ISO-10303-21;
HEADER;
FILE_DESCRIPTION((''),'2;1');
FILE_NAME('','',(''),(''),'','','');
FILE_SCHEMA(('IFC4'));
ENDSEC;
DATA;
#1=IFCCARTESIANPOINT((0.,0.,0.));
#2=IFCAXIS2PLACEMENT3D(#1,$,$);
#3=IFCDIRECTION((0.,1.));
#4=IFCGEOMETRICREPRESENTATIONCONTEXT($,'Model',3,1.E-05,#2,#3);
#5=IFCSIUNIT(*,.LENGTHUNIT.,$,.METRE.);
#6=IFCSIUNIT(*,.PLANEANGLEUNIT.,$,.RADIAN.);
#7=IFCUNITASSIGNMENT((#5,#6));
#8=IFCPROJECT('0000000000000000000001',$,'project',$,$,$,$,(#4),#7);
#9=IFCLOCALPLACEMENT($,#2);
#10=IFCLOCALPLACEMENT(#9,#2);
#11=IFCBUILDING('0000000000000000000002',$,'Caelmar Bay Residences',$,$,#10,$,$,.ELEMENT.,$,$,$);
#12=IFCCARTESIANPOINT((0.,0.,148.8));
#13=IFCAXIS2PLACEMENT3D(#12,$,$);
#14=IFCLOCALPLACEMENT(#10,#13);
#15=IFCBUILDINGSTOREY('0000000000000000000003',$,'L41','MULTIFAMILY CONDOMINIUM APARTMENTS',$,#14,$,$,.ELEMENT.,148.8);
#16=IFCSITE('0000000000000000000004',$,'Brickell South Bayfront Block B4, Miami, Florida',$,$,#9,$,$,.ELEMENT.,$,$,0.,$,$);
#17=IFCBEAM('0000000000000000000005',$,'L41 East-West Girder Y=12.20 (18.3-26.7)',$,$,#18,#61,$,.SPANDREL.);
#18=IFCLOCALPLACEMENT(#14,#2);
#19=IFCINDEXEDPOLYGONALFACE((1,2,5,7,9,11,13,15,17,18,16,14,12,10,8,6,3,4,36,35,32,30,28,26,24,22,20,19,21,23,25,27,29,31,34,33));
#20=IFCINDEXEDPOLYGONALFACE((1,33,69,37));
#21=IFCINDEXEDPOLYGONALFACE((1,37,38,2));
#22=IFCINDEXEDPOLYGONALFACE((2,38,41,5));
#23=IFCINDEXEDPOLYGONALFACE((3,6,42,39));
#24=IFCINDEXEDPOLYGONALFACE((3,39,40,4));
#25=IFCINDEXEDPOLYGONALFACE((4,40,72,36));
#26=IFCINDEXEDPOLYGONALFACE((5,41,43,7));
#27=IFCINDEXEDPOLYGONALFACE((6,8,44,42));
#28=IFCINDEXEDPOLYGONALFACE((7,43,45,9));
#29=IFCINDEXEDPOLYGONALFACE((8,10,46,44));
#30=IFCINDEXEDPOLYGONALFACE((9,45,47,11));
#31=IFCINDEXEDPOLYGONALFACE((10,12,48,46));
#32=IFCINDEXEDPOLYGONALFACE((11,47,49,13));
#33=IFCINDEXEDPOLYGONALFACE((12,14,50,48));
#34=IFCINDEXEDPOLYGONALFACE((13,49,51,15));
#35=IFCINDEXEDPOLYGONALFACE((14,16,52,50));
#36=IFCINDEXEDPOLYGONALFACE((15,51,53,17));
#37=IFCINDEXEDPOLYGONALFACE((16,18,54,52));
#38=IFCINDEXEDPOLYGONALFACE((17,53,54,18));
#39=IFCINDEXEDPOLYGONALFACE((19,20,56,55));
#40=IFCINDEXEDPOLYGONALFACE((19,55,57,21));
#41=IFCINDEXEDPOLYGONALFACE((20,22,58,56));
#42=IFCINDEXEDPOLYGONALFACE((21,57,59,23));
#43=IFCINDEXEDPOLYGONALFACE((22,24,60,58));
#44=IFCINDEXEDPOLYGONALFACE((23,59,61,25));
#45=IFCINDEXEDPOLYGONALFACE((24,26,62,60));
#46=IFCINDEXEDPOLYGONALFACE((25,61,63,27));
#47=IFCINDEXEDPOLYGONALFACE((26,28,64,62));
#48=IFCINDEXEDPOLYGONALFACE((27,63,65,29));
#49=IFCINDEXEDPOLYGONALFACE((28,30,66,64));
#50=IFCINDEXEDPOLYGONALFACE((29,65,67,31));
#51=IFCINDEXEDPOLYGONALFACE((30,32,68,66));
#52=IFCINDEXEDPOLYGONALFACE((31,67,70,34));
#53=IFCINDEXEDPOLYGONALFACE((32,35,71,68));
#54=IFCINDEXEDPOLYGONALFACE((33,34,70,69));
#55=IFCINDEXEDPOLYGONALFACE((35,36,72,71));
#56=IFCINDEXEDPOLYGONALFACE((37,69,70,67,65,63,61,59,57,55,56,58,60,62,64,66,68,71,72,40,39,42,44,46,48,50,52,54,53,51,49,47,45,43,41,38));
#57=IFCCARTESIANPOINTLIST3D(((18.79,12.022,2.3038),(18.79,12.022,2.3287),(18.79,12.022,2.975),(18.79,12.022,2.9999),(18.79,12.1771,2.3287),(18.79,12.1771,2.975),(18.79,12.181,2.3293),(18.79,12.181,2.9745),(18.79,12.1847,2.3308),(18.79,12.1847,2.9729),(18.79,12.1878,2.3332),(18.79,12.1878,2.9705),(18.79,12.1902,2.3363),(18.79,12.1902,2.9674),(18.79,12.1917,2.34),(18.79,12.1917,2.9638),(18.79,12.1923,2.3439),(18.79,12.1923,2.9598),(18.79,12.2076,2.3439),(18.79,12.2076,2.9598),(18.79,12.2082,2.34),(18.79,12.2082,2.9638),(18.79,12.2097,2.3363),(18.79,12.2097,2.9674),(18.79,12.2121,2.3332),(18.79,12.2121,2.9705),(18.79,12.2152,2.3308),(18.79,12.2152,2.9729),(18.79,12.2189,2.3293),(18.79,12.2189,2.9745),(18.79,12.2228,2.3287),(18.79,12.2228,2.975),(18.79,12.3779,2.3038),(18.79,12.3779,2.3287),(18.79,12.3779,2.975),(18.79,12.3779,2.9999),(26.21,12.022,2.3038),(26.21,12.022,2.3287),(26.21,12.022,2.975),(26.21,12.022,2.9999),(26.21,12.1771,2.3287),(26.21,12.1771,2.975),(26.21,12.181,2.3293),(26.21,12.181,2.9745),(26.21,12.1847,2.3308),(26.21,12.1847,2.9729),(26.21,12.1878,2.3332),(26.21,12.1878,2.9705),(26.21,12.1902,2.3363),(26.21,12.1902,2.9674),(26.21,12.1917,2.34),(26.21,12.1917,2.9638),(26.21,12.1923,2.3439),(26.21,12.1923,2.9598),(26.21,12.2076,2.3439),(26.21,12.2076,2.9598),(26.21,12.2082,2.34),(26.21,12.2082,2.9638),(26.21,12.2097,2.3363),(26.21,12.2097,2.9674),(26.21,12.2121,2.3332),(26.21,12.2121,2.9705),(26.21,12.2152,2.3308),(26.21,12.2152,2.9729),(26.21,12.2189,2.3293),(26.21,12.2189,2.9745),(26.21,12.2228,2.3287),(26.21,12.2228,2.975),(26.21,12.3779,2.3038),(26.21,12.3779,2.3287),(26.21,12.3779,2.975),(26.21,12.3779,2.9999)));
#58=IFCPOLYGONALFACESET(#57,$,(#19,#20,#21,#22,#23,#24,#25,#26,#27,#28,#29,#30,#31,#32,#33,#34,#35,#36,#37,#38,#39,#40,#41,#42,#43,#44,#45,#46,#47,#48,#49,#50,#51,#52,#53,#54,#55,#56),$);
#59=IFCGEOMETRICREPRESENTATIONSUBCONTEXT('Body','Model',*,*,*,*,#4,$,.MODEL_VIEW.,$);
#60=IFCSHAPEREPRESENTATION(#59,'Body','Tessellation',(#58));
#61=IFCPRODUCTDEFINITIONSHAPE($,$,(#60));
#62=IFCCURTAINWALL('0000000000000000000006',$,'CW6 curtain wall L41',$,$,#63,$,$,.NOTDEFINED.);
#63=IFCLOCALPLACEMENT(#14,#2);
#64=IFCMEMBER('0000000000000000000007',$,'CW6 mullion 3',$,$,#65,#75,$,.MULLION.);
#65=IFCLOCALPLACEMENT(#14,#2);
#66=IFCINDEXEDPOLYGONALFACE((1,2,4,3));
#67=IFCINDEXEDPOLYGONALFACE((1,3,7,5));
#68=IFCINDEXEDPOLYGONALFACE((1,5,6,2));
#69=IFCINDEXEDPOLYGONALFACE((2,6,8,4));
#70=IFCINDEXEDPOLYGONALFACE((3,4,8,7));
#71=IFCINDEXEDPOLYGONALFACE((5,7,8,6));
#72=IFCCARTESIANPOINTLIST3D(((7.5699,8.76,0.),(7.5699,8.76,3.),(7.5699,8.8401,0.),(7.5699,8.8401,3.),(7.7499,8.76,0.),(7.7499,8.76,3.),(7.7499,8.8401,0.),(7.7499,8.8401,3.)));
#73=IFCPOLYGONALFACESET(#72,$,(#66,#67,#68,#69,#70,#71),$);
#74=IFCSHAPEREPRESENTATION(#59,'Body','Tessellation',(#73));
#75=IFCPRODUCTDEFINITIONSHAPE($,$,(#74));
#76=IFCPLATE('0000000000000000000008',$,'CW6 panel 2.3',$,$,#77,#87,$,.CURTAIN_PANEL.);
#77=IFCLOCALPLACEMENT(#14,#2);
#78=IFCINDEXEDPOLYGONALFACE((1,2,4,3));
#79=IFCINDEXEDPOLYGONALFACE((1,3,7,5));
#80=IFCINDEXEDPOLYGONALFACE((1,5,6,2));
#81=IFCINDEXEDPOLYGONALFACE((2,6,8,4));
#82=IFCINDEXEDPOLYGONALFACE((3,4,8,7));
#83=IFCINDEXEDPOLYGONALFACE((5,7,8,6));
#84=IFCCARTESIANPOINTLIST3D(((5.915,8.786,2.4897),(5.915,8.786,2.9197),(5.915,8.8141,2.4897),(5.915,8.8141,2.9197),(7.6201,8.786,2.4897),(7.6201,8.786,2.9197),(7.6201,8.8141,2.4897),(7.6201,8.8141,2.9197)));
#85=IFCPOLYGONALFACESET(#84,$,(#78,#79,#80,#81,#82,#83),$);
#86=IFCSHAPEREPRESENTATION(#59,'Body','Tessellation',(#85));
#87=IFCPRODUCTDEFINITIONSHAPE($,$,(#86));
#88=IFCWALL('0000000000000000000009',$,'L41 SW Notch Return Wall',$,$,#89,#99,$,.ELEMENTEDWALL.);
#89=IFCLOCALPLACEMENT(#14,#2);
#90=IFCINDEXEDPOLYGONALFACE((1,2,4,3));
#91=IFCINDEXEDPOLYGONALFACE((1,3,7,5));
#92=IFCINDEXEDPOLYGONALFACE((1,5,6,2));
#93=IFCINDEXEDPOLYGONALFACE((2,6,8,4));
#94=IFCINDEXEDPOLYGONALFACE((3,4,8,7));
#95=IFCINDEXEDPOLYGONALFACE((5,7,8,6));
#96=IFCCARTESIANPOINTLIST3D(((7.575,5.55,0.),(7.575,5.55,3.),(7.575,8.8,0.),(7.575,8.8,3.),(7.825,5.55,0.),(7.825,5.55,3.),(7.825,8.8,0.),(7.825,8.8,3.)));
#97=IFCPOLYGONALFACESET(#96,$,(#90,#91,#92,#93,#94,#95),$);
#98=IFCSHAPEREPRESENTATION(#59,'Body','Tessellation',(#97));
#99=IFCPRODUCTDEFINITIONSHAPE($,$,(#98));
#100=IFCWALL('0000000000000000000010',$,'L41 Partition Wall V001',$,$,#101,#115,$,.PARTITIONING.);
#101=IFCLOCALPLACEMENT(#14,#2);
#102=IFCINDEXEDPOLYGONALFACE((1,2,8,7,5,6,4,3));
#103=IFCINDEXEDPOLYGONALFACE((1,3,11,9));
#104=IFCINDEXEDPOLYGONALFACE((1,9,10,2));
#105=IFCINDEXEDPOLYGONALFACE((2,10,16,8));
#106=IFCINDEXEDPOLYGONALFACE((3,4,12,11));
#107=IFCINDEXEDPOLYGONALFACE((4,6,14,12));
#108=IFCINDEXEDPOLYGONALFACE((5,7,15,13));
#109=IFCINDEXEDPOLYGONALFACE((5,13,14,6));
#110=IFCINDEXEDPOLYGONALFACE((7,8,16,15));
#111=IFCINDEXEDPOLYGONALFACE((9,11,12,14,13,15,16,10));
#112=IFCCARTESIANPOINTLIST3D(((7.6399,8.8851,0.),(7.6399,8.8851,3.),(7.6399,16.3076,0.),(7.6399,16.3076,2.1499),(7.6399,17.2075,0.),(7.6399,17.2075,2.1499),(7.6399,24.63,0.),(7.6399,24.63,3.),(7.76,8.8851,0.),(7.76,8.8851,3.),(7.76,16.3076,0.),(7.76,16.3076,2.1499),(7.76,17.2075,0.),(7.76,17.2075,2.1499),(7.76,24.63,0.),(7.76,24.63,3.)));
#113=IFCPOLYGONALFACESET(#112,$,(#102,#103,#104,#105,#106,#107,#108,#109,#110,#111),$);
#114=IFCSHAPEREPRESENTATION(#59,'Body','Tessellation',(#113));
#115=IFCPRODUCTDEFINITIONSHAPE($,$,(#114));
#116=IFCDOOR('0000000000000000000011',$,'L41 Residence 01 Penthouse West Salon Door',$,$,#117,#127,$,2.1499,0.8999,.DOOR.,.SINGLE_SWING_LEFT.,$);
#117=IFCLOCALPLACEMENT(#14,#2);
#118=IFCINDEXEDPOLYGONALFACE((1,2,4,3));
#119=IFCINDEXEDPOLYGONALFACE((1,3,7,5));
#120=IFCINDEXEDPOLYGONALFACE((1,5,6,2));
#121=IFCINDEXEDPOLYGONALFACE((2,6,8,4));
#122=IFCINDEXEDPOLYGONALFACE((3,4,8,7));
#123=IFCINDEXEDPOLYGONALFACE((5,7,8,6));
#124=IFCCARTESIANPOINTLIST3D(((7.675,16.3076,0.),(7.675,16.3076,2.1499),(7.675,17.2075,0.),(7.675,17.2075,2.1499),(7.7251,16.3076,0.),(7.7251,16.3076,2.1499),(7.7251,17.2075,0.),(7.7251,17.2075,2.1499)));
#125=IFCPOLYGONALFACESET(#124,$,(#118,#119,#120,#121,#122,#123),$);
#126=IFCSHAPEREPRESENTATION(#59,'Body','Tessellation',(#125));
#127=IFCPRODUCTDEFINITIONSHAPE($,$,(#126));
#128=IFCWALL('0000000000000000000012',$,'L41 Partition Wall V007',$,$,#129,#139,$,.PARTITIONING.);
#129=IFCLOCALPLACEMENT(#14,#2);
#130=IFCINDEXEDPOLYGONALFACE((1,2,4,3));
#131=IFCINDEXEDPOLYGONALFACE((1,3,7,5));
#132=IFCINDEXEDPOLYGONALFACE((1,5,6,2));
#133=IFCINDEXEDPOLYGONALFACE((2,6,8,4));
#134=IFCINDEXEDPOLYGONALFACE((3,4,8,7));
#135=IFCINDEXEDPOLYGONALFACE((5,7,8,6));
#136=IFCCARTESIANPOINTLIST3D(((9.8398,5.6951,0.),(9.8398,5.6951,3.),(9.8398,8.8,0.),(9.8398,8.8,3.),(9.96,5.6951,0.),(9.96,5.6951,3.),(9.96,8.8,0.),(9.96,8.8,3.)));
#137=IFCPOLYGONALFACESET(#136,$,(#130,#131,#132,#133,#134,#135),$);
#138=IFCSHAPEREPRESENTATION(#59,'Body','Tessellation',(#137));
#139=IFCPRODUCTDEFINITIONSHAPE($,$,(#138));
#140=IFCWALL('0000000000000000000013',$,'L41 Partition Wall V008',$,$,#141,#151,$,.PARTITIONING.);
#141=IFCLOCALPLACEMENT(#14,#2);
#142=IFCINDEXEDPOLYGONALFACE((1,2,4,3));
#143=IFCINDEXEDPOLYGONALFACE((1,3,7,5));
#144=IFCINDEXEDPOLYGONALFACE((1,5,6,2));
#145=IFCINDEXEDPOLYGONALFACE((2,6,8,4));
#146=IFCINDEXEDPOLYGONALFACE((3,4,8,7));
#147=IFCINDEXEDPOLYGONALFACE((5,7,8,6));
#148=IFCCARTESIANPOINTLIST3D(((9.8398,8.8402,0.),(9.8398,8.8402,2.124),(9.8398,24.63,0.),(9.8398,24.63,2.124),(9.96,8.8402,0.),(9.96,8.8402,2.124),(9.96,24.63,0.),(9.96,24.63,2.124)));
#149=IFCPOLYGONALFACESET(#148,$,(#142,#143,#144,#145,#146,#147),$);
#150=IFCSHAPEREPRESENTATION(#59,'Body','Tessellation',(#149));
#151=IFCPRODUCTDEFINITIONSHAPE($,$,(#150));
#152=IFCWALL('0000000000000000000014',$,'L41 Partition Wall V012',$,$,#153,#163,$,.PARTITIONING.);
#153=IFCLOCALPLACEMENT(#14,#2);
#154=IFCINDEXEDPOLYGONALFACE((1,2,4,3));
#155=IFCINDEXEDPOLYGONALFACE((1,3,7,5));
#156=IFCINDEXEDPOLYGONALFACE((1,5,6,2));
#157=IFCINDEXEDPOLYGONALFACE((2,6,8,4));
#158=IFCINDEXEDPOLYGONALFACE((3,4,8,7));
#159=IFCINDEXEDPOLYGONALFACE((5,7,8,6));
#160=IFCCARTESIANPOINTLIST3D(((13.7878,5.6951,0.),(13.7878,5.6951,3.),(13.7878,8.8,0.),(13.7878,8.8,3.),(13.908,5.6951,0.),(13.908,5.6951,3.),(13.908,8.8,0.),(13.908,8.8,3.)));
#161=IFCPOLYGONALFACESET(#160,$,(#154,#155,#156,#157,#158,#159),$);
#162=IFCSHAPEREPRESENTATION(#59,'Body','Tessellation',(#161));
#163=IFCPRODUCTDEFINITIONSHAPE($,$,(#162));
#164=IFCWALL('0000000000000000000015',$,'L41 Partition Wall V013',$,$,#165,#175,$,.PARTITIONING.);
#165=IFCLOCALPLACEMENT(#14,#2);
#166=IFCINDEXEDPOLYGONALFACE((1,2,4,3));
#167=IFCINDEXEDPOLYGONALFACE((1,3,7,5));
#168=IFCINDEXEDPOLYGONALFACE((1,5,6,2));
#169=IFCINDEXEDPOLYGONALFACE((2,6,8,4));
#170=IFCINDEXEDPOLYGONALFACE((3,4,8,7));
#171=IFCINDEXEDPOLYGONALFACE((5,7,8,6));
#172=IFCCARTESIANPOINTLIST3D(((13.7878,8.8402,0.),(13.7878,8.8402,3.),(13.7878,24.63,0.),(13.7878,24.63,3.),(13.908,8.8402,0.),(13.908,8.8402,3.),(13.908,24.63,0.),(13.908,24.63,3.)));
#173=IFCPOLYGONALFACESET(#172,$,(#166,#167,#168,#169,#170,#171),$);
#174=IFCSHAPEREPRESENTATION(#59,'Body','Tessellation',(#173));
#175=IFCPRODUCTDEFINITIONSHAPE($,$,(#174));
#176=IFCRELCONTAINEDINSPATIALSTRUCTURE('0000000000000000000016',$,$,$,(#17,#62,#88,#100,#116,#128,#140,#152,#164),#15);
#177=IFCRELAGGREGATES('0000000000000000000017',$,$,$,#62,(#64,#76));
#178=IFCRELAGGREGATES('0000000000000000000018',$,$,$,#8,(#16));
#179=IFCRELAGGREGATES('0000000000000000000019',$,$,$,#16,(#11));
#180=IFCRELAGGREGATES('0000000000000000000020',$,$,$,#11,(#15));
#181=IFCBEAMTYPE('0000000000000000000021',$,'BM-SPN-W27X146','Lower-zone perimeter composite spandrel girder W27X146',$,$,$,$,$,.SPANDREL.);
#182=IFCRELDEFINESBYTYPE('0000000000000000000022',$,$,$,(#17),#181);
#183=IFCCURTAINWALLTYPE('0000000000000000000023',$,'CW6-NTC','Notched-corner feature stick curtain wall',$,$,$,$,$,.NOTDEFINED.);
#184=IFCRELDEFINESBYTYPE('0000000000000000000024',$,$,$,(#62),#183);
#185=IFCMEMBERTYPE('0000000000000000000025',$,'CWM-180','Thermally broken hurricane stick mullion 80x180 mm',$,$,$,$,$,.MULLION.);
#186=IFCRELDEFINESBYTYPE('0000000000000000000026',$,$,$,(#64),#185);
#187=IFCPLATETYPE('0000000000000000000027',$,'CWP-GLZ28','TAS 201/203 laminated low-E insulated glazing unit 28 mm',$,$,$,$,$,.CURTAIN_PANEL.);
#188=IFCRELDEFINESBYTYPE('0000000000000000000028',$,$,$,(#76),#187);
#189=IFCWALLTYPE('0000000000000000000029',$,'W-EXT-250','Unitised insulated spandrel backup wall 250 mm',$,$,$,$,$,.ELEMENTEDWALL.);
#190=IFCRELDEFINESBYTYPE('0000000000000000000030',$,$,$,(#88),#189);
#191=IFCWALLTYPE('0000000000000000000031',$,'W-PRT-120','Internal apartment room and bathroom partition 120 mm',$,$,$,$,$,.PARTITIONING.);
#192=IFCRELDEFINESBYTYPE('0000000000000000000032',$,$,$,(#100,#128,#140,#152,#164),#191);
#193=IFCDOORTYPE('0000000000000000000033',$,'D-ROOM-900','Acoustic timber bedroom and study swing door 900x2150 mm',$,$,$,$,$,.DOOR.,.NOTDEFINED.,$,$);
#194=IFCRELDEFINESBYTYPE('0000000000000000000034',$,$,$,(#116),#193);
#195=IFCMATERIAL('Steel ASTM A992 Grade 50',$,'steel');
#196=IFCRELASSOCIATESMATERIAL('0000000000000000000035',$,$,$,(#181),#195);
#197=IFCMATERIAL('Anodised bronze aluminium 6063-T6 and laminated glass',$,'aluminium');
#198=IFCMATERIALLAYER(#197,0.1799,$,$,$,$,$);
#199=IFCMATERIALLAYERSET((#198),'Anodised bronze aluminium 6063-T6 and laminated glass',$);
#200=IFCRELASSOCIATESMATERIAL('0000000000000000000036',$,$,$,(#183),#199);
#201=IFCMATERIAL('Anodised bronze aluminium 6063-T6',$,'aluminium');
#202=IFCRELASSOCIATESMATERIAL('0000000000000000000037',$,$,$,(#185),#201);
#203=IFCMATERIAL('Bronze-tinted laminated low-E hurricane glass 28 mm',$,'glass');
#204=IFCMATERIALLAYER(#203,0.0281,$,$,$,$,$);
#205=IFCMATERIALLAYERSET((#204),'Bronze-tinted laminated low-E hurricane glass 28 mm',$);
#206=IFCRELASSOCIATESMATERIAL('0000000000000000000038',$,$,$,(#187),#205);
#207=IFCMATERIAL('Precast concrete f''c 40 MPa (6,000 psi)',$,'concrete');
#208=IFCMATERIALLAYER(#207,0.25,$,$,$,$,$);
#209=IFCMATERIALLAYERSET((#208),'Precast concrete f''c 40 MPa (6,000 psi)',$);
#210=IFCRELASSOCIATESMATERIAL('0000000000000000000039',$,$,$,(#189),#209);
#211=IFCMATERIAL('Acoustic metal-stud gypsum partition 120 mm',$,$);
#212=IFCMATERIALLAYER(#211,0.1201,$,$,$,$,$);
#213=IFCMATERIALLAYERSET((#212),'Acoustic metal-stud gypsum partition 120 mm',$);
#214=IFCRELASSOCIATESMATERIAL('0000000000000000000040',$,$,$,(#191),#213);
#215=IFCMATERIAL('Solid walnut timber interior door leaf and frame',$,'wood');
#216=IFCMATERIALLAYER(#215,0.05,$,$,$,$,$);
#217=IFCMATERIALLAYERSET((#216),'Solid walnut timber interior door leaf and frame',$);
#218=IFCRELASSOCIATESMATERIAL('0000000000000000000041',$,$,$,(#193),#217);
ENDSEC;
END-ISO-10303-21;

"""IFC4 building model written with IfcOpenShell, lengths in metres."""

from ifc_helpers import new_model, si_unit, direction, frame, frame_2d, origin, origin_2d, place, context, subcontext, project, spatial, rectangle, i_section, extrude, material, layer, layer_set, material_profile, profile_set, type_object, element, fill, aggregate, save


model = new_model("IFC4")

# Units and contexts
model_context = context("Model", 3, precision=1e-05, world=origin(), true_north=direction((0.0, 1.0)))
body_context = subcontext(model_context, "Body", "Model", "MODEL_VIEW")
ifc_project = project(units=[si_unit("LENGTHUNIT", "METRE"), si_unit("PLANEANGLEUNIT", "RADIAN")], contexts=[model_context])

# Site, building, storey
site_placement = place(None, origin())
site = spatial("IfcSite", under=ifc_project, at=site_placement, Name="Brickell South Bayfront Block B4, Miami, Florida", CompositionType="ELEMENT", RefElevation=0.0)
building_placement = place(site_placement, origin())
building = spatial("IfcBuilding", under=site, at=building_placement, Name="Caelmar Bay Residences", CompositionType="ELEMENT")
storey_placement = place(building_placement, frame((0.0, 0.0, 148.8)))
storey = spatial("IfcBuildingStorey", under=building, at=storey_placement, Name="L41", Description="MULTIFAMILY CONDOMINIUM APARTMENTS", CompositionType="ELEMENT", Elevation=148.8)

# Beam
ifc_material_1 = material(Name="Steel ASTM A992 Grade 50", Category="steel")
ifc_material_profile_1 = material_profile(ifc_material_1, i_section(OverallWidth=0.356, OverallDepth=0.696, WebThickness=0.0154, FlangeThickness=0.0249, FilletRadius=0.0151, at=origin_2d()), Name="W27X146")
ifc_profile_set_1 = profile_set([ifc_material_profile_1], Name="Steel ASTM A992 Grade 50")
beam_type_1 = type_object("IfcBeamType", Name="BM-SPN-W27X146", Description="Lower-zone perimeter composite spandrel girder W27X146", PredefinedType="SPANDREL", material=ifc_profile_set_1)
beam_1_placement = place(storey_placement, frame((18.79, 12.2, 2.6519), z_axis=(1.0, 0.0, 0.0), x_axis=(0.0, 1.0, 0.0)))
element("IfcBeam", 1, at=beam_1_placement, inside=storey, type_object=beam_type_1, Name="L41 East-West Girder Y=12.20 (18.3-26.7)", PredefinedType="SPANDREL", context=body_context, shape_type="SweptSolid", body=[
    extrude(i_section(OverallWidth=0.356, OverallDepth=0.696, WebThickness=0.0154, FlangeThickness=0.0249, FilletRadius=0.0151, at=origin_2d()), origin(), (0.0, 0.0, 1.0), 7.4199),
])

# Curtain wall, member, plate
ifc_material_2 = material(Name="Anodised bronze aluminium 6063-T6 and laminated glass", Category="aluminium")
ifc_layer_1 = layer(ifc_material_2, 0.1799)
ifc_layer_set_1 = layer_set([ifc_layer_1], Name="Anodised bronze aluminium 6063-T6 and laminated glass")
curtain_wall_type = type_object("IfcCurtainWallType", Name="CW6-NTC", Description="Notched-corner feature stick curtain wall", PredefinedType="NOTDEFINED", material=ifc_layer_set_1)
curtain_wall_placement = place(storey_placement, origin())
curtain_wall = element("IfcCurtainWall", 2, at=curtain_wall_placement, inside=storey, type_object=curtain_wall_type, Name="CW6 curtain wall L41", PredefinedType="NOTDEFINED")
ifc_material_3 = material(Name="Anodised bronze aluminium 6063-T6", Category="aluminium")
ifc_material_profile_2 = material_profile(ifc_material_3, rectangle(XDim=0.0801, YDim=0.1799, at=origin_2d()), Name="CWM-80X180")
ifc_profile_set_2 = profile_set([ifc_material_profile_2], Name="Anodised bronze aluminium 6063-T6")
member_type = type_object("IfcMemberType", Name="CWM-180", Description="Thermally broken hurricane stick mullion 80x180 mm", PredefinedType="MULLION", material=ifc_profile_set_2)
member_placement = place(storey_placement, frame((7.6599, 8.8, 0.0), z_axis=(0.0, 0.0, 1.0), x_axis=(0.0, 1.0, 0.0)))
member = element("IfcMember", 3, at=member_placement, type_object=member_type, Name="CW6 mullion 3", PredefinedType="MULLION", context=body_context, shape_type="SweptSolid", body=[
    extrude(rectangle(XDim=0.0801, YDim=0.1799, at=origin_2d()), origin(), (0.0, 0.0, 1.0), 3.0),
])
ifc_material_4 = material(Name="Bronze-tinted laminated low-E hurricane glass 28 mm", Category="glass")
ifc_layer_2 = layer(ifc_material_4, 0.0281)
ifc_layer_set_2 = layer_set([ifc_layer_2], Name="Bronze-tinted laminated low-E hurricane glass 28 mm")
plate_type = type_object("IfcPlateType", Name="CWP-GLZ28", Description="TAS 201/203 laminated low-E insulated glazing unit 28 mm", PredefinedType="CURTAIN_PANEL", material=ifc_layer_set_2)
plate_placement = place(storey_placement, frame((6.7676, 8.8, 2.4897), z_axis=(0.0, 0.0, 1.0), x_axis=(1.0, 0.0, 0.0)))
plate = element("IfcPlate", 4, at=plate_placement, type_object=plate_type, Name="CW6 panel 2.3", PredefinedType="CURTAIN_PANEL", context=body_context, shape_type="SweptSolid", body=[
    extrude(rectangle(XDim=1.7051, YDim=0.0281, at=origin_2d()), origin(), (0.0, 0.0, 1.0), 0.4299),
])
aggregate(curtain_wall, [member, plate])

# Wall
ifc_material_5 = material(Name="Precast concrete f'c 40 MPa (6,000 psi)", Category="concrete")
ifc_layer_3 = layer(ifc_material_5, 0.25)
ifc_layer_set_3 = layer_set([ifc_layer_3], Name="Precast concrete f'c 40 MPa (6,000 psi)")
wall_type_1 = type_object("IfcWallType", Name="W-EXT-250", Description="Unitised insulated spandrel backup wall 250 mm", PredefinedType="ELEMENTEDWALL", material=ifc_layer_set_3)
wall_1_placement = place(storey_placement, frame((7.7, 8.8, 0.0), z_axis=(0.0, 0.0, 1.0), x_axis=(0.0, -1.0, 0.0)))
element("IfcWall", 5, at=wall_1_placement, inside=storey, type_object=wall_type_1, Name="L41 SW Notch Return Wall", PredefinedType="ELEMENTEDWALL", context=body_context, shape_type="SweptSolid", body=[
    extrude(rectangle(XDim=3.25, YDim=0.25, at=frame_2d((1.625, 0.0))), origin(), (0.0, 0.0, 1.0), 3.0),
])

# Wall, opening, door
ifc_material_6 = material(Name="Acoustic metal-stud gypsum partition 120 mm")
ifc_layer_4 = layer(ifc_material_6, 0.1201)
ifc_layer_set_4 = layer_set([ifc_layer_4], Name="Acoustic metal-stud gypsum partition 120 mm")
wall_type_2 = type_object("IfcWallType", Name="W-PRT-120", Description="Internal apartment room and bathroom partition 120 mm", PredefinedType="PARTITIONING", material=ifc_layer_set_4)
wall_2_placement = place(storey_placement, frame((7.7, 8.885, 0.0), z_axis=(0.0, 0.0, 1.0), x_axis=(0.0, 1.0, 0.0)))
wall_2 = element("IfcWall", 6, at=wall_2_placement, inside=storey, type_object=wall_type_2, Name="L41 Partition Wall V001", PredefinedType="PARTITIONING", context=body_context, shape_type="SweptSolid", body=[
    extrude(rectangle(XDim=15.7449, YDim=0.1201, at=frame_2d((7.8726, 0.0))), origin(), (0.0, 0.0, 1.0), 3.0),
])
opening_1_placement = place(wall_2_placement, frame((7.4226, 0.0, 0.0)))
opening_1 = element("IfcOpeningElement", 7, at=opening_1_placement, cuts=wall_2, PredefinedType="OPENING", context=body_context, shape_type="SweptSolid", body=[
    extrude(rectangle(XDim=0.8999, YDim=2.1499, at=frame_2d((0.45, 1.075))), frame((0.0, 0.0701, 0.0), z_axis=(0.0, -1.0, 0.0), x_axis=(1.0, 0.0, 0.0)), (0.0, 0.0, 1.0), 0.1401),
])
ifc_material_7 = material(Name="Solid walnut timber interior door leaf and frame", Category="wood")
ifc_layer_5 = layer(ifc_material_7, 0.05)
ifc_layer_set_5 = layer_set([ifc_layer_5], Name="Solid walnut timber interior door leaf and frame")
door_type = type_object("IfcDoorType", Name="D-ROOM-900", Description="Acoustic timber bedroom and study swing door 900x2150 mm", OperationType="NOTDEFINED", PredefinedType="DOOR", material=ifc_layer_set_5)
door_1_placement = place(opening_1_placement, origin())
door_1 = element("IfcDoor", 8, at=door_1_placement, inside=storey, type_object=door_type, Name="L41 Residence 01 Penthouse West Salon Door", OperationType="SINGLE_SWING_LEFT", OverallHeight=2.1499, OverallWidth=0.8999, PredefinedType="DOOR", context=body_context, shape_type="SweptSolid", body=[
    extrude(rectangle(XDim=0.8999, YDim=2.1499, at=frame_2d((0.45, 1.075))), frame((0.0, 0.0249, 0.0), z_axis=(0.0, -1.0, 0.0), x_axis=(1.0, 0.0, 0.0)), (0.0, 0.0, 1.0), 0.05),
])
fill(opening_1, door_1)

# Walls
wall_3_placement = place(storey_placement, frame((9.8999, 5.6951, 0.0), z_axis=(0.0, 0.0, 1.0), x_axis=(0.0, 1.0, 0.0)))
element("IfcWall", 9, at=wall_3_placement, inside=storey, type_object=wall_type_2, Name="L41 Partition Wall V007", PredefinedType="PARTITIONING", context=body_context, shape_type="SweptSolid", body=[
    extrude(rectangle(XDim=3.105, YDim=0.1201, at=frame_2d((1.5525, 0.0))), origin(), (0.0, 0.0, 1.0), 3.0),
])
wall_4_placement = place(storey_placement, frame((9.8999, 8.8401, 0.0), z_axis=(0.0, 0.0, 1.0), x_axis=(0.0, 1.0, 0.0)))
element("IfcWall", 10, at=wall_4_placement, inside=storey, type_object=wall_type_2, Name="L41 Partition Wall V008", PredefinedType="PARTITIONING", context=body_context, shape_type="SweptSolid", body=[
    extrude(rectangle(XDim=15.7898, YDim=0.1201, at=frame_2d((7.895, 0.0))), origin(), (0.0, 0.0, 1.0), 2.124),
])
wall_5_placement = place(storey_placement, frame((13.8479, 5.6951, 0.0), z_axis=(0.0, 0.0, 1.0), x_axis=(0.0, 1.0, 0.0)))
element("IfcWall", 11, at=wall_5_placement, inside=storey, type_object=wall_type_2, Name="L41 Partition Wall V012", PredefinedType="PARTITIONING", context=body_context, shape_type="SweptSolid", body=[
    extrude(rectangle(XDim=3.105, YDim=0.1201, at=frame_2d((1.5525, 0.0))), origin(), (0.0, 0.0, 1.0), 3.0),
])
wall_6_placement = place(storey_placement, frame((13.8479, 8.8401, 0.0), z_axis=(0.0, 0.0, 1.0), x_axis=(0.0, 1.0, 0.0)))
element("IfcWall", 12, at=wall_6_placement, inside=storey, type_object=wall_type_2, Name="L41 Partition Wall V013", PredefinedType="PARTITIONING", context=body_context, shape_type="SweptSolid", body=[
    extrude(rectangle(XDim=15.7898, YDim=0.1201, at=frame_2d((7.895, 0.0))), origin(), (0.0, 0.0, 1.0), 3.0),
])

save(model, "model.ifc")
